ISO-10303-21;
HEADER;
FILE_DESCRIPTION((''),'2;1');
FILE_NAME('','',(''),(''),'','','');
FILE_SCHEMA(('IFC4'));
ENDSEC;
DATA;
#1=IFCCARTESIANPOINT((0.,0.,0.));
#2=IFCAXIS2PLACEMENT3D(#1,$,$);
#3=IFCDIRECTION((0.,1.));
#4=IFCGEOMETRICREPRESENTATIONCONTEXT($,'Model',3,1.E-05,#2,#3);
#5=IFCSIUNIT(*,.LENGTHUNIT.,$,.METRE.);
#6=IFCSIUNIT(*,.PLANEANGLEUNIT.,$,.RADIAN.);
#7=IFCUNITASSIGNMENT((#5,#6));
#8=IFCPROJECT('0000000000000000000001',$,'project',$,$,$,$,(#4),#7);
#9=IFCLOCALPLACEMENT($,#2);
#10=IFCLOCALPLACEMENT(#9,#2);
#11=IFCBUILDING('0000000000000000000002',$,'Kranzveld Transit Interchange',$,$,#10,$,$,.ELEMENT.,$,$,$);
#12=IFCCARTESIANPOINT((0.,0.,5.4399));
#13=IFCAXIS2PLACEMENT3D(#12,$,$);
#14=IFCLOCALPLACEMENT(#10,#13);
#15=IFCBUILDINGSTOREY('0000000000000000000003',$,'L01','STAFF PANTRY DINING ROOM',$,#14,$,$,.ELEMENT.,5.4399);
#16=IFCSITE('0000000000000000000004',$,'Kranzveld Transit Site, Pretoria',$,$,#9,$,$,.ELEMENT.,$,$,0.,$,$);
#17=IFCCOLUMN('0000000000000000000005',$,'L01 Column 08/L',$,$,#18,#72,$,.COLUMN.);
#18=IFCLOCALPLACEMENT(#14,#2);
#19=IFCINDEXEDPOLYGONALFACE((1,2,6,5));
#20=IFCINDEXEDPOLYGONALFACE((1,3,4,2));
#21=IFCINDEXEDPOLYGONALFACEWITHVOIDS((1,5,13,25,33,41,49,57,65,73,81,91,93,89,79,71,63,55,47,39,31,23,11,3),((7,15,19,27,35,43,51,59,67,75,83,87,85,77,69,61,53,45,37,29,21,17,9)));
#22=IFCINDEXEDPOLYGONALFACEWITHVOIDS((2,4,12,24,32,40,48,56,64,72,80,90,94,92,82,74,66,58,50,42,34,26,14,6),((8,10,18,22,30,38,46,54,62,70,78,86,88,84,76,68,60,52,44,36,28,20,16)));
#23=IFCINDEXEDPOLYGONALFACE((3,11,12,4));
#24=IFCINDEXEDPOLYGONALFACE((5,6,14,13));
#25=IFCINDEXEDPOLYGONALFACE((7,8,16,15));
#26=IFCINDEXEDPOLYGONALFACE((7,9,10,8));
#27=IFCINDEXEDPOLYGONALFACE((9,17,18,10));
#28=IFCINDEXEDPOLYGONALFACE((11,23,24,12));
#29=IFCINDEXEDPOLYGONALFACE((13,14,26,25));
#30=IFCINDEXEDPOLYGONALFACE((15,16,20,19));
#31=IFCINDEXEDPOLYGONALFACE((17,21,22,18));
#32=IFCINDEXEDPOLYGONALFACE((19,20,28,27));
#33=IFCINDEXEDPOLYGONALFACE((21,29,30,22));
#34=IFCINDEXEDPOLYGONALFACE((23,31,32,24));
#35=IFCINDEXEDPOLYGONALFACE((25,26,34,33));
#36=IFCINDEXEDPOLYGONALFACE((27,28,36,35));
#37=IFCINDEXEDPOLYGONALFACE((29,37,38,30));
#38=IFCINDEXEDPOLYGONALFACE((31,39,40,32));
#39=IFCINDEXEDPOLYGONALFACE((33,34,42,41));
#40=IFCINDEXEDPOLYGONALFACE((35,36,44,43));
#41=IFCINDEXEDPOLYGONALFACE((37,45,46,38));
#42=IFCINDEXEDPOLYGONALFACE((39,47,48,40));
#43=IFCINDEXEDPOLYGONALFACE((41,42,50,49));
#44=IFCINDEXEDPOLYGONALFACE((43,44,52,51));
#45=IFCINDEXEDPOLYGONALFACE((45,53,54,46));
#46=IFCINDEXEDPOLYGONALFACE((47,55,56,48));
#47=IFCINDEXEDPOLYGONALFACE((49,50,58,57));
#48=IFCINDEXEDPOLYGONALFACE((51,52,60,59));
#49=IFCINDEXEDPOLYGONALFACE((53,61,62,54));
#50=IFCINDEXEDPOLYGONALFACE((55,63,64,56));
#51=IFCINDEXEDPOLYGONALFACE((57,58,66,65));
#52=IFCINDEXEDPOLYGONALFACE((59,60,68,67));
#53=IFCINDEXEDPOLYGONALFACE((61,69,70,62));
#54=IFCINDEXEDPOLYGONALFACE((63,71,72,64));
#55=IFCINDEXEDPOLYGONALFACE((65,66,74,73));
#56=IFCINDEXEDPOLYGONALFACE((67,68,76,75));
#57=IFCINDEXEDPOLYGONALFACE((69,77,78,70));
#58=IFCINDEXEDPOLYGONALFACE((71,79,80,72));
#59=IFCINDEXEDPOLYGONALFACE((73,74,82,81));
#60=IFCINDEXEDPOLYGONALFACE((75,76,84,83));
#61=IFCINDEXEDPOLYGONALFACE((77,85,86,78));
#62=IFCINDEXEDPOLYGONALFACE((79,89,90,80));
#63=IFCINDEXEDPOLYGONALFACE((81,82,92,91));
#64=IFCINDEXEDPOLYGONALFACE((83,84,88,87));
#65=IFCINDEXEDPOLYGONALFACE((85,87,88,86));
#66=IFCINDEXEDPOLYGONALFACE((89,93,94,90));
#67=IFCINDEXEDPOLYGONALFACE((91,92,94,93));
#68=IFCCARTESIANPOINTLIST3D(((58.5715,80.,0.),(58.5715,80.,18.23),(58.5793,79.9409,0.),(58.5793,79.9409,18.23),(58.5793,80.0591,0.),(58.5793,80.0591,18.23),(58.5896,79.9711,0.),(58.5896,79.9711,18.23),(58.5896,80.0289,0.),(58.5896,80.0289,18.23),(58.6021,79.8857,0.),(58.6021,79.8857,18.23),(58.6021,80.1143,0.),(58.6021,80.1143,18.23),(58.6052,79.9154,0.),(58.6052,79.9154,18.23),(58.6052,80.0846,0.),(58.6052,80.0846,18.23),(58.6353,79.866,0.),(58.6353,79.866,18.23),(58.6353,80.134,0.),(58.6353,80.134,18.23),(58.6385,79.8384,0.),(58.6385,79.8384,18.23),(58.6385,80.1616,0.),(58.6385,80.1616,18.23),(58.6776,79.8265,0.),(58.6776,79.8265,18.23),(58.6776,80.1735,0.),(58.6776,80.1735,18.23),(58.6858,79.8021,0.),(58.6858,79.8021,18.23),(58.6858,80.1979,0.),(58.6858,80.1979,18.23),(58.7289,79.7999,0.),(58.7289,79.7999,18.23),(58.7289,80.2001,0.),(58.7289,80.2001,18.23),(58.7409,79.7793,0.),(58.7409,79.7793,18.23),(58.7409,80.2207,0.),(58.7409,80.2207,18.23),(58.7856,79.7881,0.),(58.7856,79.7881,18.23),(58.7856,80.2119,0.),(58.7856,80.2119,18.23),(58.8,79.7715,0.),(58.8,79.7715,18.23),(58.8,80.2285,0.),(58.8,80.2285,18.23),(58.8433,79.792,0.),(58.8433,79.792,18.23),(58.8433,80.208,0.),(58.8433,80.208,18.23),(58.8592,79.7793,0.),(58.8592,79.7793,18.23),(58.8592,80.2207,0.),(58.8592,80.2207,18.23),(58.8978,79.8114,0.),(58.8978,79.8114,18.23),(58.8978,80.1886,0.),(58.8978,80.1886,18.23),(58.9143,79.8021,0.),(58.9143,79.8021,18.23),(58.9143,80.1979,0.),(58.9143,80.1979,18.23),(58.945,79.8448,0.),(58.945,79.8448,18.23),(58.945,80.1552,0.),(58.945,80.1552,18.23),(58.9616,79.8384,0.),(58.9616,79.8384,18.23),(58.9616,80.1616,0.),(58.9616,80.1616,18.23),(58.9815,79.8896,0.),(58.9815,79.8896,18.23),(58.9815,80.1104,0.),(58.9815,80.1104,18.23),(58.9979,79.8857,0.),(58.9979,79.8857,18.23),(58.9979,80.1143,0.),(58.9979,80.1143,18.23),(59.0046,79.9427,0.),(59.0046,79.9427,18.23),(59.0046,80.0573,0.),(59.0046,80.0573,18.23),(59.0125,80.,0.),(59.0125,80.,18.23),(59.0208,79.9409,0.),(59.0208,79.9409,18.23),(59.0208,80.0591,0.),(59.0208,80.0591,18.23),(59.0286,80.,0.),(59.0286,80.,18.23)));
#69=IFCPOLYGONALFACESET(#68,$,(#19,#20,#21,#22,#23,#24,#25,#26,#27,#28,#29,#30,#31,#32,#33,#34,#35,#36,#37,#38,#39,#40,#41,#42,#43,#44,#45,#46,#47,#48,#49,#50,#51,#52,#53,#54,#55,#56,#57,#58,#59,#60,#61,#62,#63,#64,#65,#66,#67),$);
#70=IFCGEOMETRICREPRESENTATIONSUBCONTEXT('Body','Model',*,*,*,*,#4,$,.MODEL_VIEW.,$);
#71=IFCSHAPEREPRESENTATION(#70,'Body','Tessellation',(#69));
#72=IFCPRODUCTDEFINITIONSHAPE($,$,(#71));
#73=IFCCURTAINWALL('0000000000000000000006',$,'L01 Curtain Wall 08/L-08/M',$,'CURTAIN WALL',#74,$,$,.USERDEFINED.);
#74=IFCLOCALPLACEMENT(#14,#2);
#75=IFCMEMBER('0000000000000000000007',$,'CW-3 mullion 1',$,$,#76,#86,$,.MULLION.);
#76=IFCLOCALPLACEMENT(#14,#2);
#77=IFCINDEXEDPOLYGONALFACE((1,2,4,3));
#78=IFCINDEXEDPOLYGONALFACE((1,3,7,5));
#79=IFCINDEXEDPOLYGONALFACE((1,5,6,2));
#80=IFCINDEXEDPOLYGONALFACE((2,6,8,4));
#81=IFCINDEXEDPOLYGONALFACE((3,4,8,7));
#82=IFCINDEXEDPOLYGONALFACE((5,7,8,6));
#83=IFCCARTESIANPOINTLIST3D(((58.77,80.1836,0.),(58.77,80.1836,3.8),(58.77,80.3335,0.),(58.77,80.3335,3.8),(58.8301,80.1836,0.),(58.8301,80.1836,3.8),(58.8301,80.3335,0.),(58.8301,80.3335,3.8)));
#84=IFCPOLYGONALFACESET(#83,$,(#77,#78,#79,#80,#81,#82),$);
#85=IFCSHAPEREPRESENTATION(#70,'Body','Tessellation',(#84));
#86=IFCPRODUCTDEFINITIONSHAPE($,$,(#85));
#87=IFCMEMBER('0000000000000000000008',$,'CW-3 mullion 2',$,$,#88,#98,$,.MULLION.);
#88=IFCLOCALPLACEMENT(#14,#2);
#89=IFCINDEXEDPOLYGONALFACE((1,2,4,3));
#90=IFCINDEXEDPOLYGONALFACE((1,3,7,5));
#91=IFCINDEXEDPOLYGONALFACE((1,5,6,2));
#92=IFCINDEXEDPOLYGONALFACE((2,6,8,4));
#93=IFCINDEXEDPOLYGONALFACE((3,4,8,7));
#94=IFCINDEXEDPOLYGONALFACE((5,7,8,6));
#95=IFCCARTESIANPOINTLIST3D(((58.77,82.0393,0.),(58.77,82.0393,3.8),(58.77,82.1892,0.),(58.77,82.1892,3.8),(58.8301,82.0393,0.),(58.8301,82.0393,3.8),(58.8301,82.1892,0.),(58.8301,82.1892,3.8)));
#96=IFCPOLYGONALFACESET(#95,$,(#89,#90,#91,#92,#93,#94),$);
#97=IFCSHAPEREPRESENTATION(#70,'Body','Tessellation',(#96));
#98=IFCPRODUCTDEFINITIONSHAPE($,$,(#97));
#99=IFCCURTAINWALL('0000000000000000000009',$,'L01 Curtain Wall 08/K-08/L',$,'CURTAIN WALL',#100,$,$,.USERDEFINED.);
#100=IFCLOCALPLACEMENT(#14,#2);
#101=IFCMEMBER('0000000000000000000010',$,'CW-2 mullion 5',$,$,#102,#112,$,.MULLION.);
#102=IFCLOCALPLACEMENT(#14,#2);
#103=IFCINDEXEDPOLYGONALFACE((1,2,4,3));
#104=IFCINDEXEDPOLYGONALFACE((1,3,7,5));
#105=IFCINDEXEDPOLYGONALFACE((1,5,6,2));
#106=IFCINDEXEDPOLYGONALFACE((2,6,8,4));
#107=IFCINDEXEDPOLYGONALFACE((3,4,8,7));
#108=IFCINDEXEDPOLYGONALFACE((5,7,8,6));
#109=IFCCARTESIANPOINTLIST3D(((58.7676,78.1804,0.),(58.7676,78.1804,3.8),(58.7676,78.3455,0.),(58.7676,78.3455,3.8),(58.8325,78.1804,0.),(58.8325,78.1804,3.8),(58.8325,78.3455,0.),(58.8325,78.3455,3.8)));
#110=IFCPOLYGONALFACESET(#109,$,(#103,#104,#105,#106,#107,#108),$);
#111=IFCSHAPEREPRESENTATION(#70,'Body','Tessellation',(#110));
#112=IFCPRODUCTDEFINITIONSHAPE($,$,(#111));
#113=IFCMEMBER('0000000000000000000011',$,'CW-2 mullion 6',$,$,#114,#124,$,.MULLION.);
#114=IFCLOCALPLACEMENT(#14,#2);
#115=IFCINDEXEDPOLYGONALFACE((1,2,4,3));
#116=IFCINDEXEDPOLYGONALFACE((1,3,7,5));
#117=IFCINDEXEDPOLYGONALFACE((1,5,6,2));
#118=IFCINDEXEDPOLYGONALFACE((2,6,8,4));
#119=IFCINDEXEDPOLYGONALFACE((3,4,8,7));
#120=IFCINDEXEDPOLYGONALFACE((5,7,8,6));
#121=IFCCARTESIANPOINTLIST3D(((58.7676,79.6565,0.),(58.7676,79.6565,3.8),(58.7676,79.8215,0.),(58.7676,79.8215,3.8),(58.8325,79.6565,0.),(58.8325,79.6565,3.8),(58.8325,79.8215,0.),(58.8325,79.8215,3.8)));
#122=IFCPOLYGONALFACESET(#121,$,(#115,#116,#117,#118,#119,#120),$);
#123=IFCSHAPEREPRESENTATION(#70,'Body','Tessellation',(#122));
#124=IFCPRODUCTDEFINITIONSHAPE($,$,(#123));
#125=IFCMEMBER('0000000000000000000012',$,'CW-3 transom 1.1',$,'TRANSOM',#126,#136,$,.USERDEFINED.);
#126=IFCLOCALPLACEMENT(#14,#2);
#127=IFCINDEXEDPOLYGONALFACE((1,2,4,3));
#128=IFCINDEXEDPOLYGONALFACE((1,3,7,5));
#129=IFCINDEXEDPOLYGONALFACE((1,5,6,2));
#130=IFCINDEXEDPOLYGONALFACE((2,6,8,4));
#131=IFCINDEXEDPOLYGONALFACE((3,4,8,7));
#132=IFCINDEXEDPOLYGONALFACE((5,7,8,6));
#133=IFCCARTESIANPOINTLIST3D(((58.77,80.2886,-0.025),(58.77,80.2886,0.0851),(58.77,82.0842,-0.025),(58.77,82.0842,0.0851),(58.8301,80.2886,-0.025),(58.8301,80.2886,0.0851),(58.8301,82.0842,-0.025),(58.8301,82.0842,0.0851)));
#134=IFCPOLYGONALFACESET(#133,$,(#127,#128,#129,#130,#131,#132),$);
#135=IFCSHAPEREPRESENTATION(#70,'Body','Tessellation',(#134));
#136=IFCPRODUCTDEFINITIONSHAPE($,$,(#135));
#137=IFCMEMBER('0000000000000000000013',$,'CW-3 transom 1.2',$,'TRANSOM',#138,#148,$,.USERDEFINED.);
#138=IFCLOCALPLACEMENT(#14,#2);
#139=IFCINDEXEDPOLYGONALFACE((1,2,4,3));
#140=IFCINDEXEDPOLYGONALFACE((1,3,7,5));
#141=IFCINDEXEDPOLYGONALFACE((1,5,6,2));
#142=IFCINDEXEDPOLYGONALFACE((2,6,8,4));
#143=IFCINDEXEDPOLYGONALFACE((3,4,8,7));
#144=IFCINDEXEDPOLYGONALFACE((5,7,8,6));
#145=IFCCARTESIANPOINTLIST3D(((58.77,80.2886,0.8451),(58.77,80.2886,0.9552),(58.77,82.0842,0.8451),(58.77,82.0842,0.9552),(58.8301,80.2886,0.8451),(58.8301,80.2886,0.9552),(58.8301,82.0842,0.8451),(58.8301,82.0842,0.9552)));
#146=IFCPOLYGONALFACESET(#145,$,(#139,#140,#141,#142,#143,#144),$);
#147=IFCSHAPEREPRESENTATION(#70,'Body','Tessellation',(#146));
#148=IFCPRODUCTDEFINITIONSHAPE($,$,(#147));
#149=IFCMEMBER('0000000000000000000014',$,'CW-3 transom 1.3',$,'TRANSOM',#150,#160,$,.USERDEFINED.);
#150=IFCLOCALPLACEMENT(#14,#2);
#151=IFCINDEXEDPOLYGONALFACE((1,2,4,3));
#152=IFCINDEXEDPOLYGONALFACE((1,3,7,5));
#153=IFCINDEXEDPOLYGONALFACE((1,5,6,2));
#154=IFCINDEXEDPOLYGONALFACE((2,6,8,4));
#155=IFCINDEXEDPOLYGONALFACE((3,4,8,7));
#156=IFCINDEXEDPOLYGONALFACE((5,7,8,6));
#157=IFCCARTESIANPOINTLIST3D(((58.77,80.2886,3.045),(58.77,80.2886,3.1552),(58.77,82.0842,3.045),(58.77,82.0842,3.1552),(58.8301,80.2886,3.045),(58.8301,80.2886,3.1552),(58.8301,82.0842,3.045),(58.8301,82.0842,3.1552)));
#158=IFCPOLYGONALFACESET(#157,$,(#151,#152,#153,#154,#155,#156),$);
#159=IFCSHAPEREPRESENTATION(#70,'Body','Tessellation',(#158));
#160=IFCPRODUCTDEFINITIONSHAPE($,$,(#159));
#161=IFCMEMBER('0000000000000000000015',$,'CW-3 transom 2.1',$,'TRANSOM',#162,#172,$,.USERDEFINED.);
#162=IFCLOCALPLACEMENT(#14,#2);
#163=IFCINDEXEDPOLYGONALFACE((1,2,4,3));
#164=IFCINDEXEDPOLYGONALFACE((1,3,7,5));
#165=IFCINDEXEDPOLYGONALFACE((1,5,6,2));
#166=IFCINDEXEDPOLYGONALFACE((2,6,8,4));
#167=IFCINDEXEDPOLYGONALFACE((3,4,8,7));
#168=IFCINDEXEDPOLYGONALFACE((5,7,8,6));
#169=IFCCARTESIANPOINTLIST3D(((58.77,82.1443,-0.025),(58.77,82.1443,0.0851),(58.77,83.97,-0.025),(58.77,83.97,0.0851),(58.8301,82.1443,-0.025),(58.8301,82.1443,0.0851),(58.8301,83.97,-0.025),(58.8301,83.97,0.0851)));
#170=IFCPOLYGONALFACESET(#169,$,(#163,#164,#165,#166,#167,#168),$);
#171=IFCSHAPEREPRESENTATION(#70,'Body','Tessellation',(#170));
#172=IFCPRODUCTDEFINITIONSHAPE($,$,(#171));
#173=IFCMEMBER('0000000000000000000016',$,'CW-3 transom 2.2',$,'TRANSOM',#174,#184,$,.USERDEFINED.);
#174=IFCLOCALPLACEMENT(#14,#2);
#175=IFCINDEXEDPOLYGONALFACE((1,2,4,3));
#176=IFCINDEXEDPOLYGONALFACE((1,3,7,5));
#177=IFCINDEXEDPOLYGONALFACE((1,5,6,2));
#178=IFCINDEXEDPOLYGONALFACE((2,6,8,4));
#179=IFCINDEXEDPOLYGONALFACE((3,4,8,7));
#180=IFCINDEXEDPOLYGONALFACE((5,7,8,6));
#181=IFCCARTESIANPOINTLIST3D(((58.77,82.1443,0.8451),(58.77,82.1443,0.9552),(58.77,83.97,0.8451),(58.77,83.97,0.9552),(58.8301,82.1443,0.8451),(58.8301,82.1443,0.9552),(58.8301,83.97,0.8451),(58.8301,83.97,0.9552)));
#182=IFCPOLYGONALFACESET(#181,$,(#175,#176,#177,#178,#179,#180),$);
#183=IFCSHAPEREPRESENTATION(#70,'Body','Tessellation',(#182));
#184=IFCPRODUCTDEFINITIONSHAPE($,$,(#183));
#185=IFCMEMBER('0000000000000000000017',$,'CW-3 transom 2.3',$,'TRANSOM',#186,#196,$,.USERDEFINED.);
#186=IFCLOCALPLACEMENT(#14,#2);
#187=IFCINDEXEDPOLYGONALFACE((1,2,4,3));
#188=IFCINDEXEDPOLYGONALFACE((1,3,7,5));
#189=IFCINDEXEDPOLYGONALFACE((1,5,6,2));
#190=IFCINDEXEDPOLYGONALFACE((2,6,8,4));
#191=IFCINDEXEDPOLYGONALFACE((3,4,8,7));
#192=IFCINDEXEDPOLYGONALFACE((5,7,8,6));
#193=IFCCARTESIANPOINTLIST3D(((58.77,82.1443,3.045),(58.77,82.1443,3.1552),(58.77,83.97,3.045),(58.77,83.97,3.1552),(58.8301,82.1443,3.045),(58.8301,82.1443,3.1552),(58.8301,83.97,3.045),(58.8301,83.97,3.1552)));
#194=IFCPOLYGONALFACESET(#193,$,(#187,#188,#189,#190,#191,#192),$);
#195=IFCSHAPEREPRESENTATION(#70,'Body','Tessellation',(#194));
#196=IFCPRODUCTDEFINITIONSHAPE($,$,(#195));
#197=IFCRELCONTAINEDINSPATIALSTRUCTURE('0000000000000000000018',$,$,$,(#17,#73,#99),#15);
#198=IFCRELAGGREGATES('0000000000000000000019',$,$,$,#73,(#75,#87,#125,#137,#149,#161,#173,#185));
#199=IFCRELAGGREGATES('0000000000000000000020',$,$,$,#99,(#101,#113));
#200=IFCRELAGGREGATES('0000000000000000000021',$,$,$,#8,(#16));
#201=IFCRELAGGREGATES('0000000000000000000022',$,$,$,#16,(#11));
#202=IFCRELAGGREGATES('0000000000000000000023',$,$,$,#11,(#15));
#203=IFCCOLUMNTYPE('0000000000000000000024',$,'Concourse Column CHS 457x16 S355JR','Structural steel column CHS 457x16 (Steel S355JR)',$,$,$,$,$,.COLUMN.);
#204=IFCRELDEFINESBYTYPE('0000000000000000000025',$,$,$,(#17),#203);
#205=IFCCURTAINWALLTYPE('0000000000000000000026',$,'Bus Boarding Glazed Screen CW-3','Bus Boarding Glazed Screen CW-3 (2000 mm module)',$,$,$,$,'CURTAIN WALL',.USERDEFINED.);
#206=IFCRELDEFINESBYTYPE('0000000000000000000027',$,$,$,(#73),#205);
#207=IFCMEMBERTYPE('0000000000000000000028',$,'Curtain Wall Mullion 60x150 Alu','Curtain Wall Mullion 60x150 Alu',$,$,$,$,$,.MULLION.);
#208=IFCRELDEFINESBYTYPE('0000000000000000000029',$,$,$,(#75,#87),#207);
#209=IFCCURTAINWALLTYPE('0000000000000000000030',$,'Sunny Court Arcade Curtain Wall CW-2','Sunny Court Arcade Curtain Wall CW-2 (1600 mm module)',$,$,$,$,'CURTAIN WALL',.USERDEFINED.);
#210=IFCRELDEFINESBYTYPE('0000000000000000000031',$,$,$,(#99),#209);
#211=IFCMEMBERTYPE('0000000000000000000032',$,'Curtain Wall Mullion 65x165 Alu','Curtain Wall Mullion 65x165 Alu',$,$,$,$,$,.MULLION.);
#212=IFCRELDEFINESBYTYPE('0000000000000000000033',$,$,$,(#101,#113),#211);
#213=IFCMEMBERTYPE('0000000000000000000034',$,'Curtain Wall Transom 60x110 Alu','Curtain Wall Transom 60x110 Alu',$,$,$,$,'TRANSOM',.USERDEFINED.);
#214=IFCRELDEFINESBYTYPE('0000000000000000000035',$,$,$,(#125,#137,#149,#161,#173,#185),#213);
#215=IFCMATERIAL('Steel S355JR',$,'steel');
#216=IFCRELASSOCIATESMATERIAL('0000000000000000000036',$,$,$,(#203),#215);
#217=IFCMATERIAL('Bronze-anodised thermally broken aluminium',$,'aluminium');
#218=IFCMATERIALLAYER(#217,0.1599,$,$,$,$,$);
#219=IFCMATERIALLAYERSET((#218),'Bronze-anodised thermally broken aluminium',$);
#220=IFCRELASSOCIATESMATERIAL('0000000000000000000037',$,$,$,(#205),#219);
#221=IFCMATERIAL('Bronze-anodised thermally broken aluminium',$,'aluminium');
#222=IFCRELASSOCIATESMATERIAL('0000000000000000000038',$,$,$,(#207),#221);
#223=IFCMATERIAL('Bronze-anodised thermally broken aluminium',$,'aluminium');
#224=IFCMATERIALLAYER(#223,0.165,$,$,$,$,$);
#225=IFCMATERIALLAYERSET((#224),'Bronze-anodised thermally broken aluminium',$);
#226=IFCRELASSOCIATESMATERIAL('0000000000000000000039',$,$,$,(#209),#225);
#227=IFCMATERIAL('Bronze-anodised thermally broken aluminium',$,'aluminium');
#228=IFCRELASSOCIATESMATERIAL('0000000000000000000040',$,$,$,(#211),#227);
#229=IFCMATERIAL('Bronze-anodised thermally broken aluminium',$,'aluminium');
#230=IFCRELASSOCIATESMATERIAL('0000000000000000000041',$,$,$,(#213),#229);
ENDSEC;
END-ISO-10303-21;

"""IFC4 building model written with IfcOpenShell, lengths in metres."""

from ifc_helpers import new_model, si_unit, direction, frame, origin, origin_2d, place, context, subcontext, project, spatial, rectangle, hollow_circle, extrude, material, layer, layer_set, material_profile, profile_set, type_object, element, aggregate, save


model = new_model("IFC4")

# Units and contexts
model_context = context("Model", 3, precision=1e-05, world=origin(), true_north=direction((0.0, 1.0)))
body_context = subcontext(model_context, "Body", "Model", "MODEL_VIEW")
ifc_project = project(units=[si_unit("LENGTHUNIT", "METRE"), si_unit("PLANEANGLEUNIT", "RADIAN")], contexts=[model_context])

# Site, building, storey
site_placement = place(None, origin())
site = spatial("IfcSite", under=ifc_project, at=site_placement, Name="Kranzveld Transit Site, Pretoria", CompositionType="ELEMENT", RefElevation=0.0)
building_placement = place(site_placement, origin())
building = spatial("IfcBuilding", under=site, at=building_placement, Name="Kranzveld Transit Interchange", CompositionType="ELEMENT")
storey_placement = place(building_placement, frame((0.0, 0.0, 5.4399)))
storey = spatial("IfcBuildingStorey", under=building, at=storey_placement, Name="L01", Description="STAFF PANTRY DINING ROOM", CompositionType="ELEMENT", Elevation=5.4399)

# Column
ifc_material_1 = material(Name="Steel S355JR", Category="steel")
ifc_material_profile_1 = material_profile(ifc_material_1, hollow_circle(Radius=0.2285, WallThickness=0.0161, at=origin_2d()), Name="CHS 457x16")
ifc_profile_set_1 = profile_set([ifc_material_profile_1], Name="Steel S355JR")
column_type = type_object("IfcColumnType", Name="Concourse Column CHS 457x16 S355JR", Description="Structural steel column CHS 457x16 (Steel S355JR)", PredefinedType="COLUMN", material=ifc_profile_set_1)
column_placement = place(storey_placement, frame((58.8, 80.0, 0.0), z_axis=(0.0, 0.0, 1.0), x_axis=(1.0, 0.0, 0.0)))
element("IfcColumn", 1, at=column_placement, inside=storey, type_object=column_type, Name="L01 Column 08/L", PredefinedType="COLUMN", context=body_context, shape_type="SweptSolid", body=[
    extrude(hollow_circle(Radius=0.2285, WallThickness=0.0161, at=origin_2d()), origin(), (0.0, 0.0, 1.0), 18.23),
])

# Curtain walls, members
ifc_material_2 = material(Name="Bronze-anodised thermally broken aluminium", Category="aluminium")
ifc_layer_1 = layer(ifc_material_2, 0.1599)
ifc_layer_set_1 = layer_set([ifc_layer_1], Name="Bronze-anodised thermally broken aluminium")
curtain_wall_type_1 = type_object("IfcCurtainWallType", Name="Bus Boarding Glazed Screen CW-3", Description="Bus Boarding Glazed Screen CW-3 (2000 mm module)", ElementType="CURTAIN WALL", PredefinedType="USERDEFINED", material=ifc_layer_set_1)
curtain_wall_1_placement = place(storey_placement, origin())
curtain_wall_1 = element("IfcCurtainWall", 2, at=curtain_wall_1_placement, inside=storey, type_object=curtain_wall_type_1, Name="L01 Curtain Wall 08/L-08/M", ObjectType="CURTAIN WALL", PredefinedType="USERDEFINED")
ifc_material_3 = material(Name="Bronze-anodised thermally broken aluminium", Category="aluminium")
ifc_material_profile_2 = material_profile(ifc_material_3, rectangle(XDim=0.0601, YDim=0.1499, at=origin_2d()), Name="ALU MULLION 60x150")
ifc_profile_set_2 = profile_set([ifc_material_profile_2], Name="Bronze-anodised thermally broken aluminium")
member_type_1 = type_object("IfcMemberType", Name="Curtain Wall Mullion 60x150 Alu", Description="Curtain Wall Mullion 60x150 Alu", PredefinedType="MULLION", material=ifc_profile_set_2)
member_1_placement = place(storey_placement, frame((58.8, 80.2585, 0.0), z_axis=(0.0, 0.0, 1.0), x_axis=(-1.0, 0.0, 0.0)))
member_1 = element("IfcMember", 3, at=member_1_placement, type_object=member_type_1, Name="CW-3 mullion 1", PredefinedType="MULLION", context=body_context, shape_type="SweptSolid", body=[
    extrude(rectangle(XDim=0.0601, YDim=0.1499, at=origin_2d()), origin(), (0.0, 0.0, 1.0), 3.8),
])
member_2_placement = place(storey_placement, frame((58.8, 82.1143, 0.0), z_axis=(0.0, 0.0, 1.0), x_axis=(-1.0, 0.0, 0.0)))
member_2 = element("IfcMember", 4, at=member_2_placement, type_object=member_type_1, Name="CW-3 mullion 2", PredefinedType="MULLION", context=body_context, shape_type="SweptSolid", body=[
    extrude(rectangle(XDim=0.0601, YDim=0.1499, at=origin_2d()), origin(), (0.0, 0.0, 1.0), 3.8),
])
ifc_material_4 = material(Name="Bronze-anodised thermally broken aluminium", Category="aluminium")
ifc_layer_2 = layer(ifc_material_4, 0.165)
ifc_layer_set_2 = layer_set([ifc_layer_2], Name="Bronze-anodised thermally broken aluminium")
curtain_wall_type_2 = type_object("IfcCurtainWallType", Name="Sunny Court Arcade Curtain Wall CW-2", Description="Sunny Court Arcade Curtain Wall CW-2 (1600 mm module)", ElementType="CURTAIN WALL", PredefinedType="USERDEFINED", material=ifc_layer_set_2)
curtain_wall_2_placement = place(storey_placement, origin())
curtain_wall_2 = element("IfcCurtainWall", 5, at=curtain_wall_2_placement, inside=storey, type_object=curtain_wall_type_2, Name="L01 Curtain Wall 08/K-08/L", ObjectType="CURTAIN WALL", PredefinedType="USERDEFINED")
ifc_material_5 = material(Name="Bronze-anodised thermally broken aluminium", Category="aluminium")
ifc_material_profile_3 = material_profile(ifc_material_5, rectangle(XDim=0.0649, YDim=0.165, at=origin_2d()), Name="ALU MULLION 65x165")
ifc_profile_set_3 = profile_set([ifc_material_profile_3], Name="Bronze-anodised thermally broken aluminium")
member_type_2 = type_object("IfcMemberType", Name="Curtain Wall Mullion 65x165 Alu", Description="Curtain Wall Mullion 65x165 Alu", PredefinedType="MULLION", material=ifc_profile_set_3)
member_3_placement = place(storey_placement, frame((58.8, 78.2629, 0.0), z_axis=(0.0, 0.0, 1.0), x_axis=(-1.0, 0.0, 0.0)))
member_3 = element("IfcMember", 6, at=member_3_placement, type_object=member_type_2, Name="CW-2 mullion 5", PredefinedType="MULLION", context=body_context, shape_type="SweptSolid", body=[
    extrude(rectangle(XDim=0.0649, YDim=0.165, at=origin_2d()), origin(), (0.0, 0.0, 1.0), 3.8),
])
member_4_placement = place(storey_placement, frame((58.8, 79.739, 0.0), z_axis=(0.0, 0.0, 1.0), x_axis=(-1.0, 0.0, 0.0)))
member_4 = element("IfcMember", 7, at=member_4_placement, type_object=member_type_2, Name="CW-2 mullion 6", PredefinedType="MULLION", context=body_context, shape_type="SweptSolid", body=[
    extrude(rectangle(XDim=0.0649, YDim=0.165, at=origin_2d()), origin(), (0.0, 0.0, 1.0), 3.8),
])

# Members
ifc_material_6 = material(Name="Bronze-anodised thermally broken aluminium", Category="aluminium")
ifc_material_profile_4 = material_profile(ifc_material_6, rectangle(XDim=0.0601, YDim=0.1101, at=origin_2d()), Name="ALU TRANSOM 60x110")
ifc_profile_set_4 = profile_set([ifc_material_profile_4], Name="Bronze-anodised thermally broken aluminium")
member_type_3 = type_object("IfcMemberType", Name="Curtain Wall Transom 60x110 Alu", Description="Curtain Wall Transom 60x110 Alu", ElementType="TRANSOM", PredefinedType="USERDEFINED", material=ifc_profile_set_4)
member_5_placement = place(storey_placement, frame((58.8, 80.2886, 0.03), z_axis=(0.0, 1.0, 0.0), x_axis=(-1.0, 0.0, 0.0)))
member_5 = element("IfcMember", 8, at=member_5_placement, type_object=member_type_3, Name="CW-3 transom 1.1", ObjectType="TRANSOM", PredefinedType="USERDEFINED", context=body_context, shape_type="SweptSolid", body=[
    extrude(rectangle(XDim=0.0601, YDim=0.1101, at=origin_2d()), origin(), (0.0, 0.0, 1.0), 1.7957),
])
member_6_placement = place(storey_placement, frame((58.8, 80.2886, 0.9001), z_axis=(0.0, 1.0, 0.0), x_axis=(-1.0, 0.0, 0.0)))
member_6 = element("IfcMember", 9, at=member_6_placement, type_object=member_type_3, Name="CW-3 transom 1.2", ObjectType="TRANSOM", PredefinedType="USERDEFINED", context=body_context, shape_type="SweptSolid", body=[
    extrude(rectangle(XDim=0.0601, YDim=0.1101, at=origin_2d()), origin(), (0.0, 0.0, 1.0), 1.7957),
])
member_7_placement = place(storey_placement, frame((58.8, 80.2886, 3.1001), z_axis=(0.0, 1.0, 0.0), x_axis=(-1.0, 0.0, 0.0)))
member_7 = element("IfcMember", 10, at=member_7_placement, type_object=member_type_3, Name="CW-3 transom 1.3", ObjectType="TRANSOM", PredefinedType="USERDEFINED", context=body_context, shape_type="SweptSolid", body=[
    extrude(rectangle(XDim=0.0601, YDim=0.1101, at=origin_2d()), origin(), (0.0, 0.0, 1.0), 1.7957),
])
member_8_placement = place(storey_placement, frame((58.8, 82.1443, 0.03), z_axis=(0.0, 1.0, 0.0), x_axis=(-1.0, 0.0, 0.0)))
member_8 = element("IfcMember", 11, at=member_8_placement, type_object=member_type_3, Name="CW-3 transom 2.1", ObjectType="TRANSOM", PredefinedType="USERDEFINED", context=body_context, shape_type="SweptSolid", body=[
    extrude(rectangle(XDim=0.0601, YDim=0.1101, at=origin_2d()), origin(), (0.0, 0.0, 1.0), 1.8257),
])
member_9_placement = place(storey_placement, frame((58.8, 82.1443, 0.9001), z_axis=(0.0, 1.0, 0.0), x_axis=(-1.0, 0.0, 0.0)))
member_9 = element("IfcMember", 12, at=member_9_placement, type_object=member_type_3, Name="CW-3 transom 2.2", ObjectType="TRANSOM", PredefinedType="USERDEFINED", context=body_context, shape_type="SweptSolid", body=[
    extrude(rectangle(XDim=0.0601, YDim=0.1101, at=origin_2d()), origin(), (0.0, 0.0, 1.0), 1.8257),
])
member_10_placement = place(storey_placement, frame((58.8, 82.1443, 3.1001), z_axis=(0.0, 1.0, 0.0), x_axis=(-1.0, 0.0, 0.0)))
member_10 = element("IfcMember", 13, at=member_10_placement, type_object=member_type_3, Name="CW-3 transom 2.3", ObjectType="TRANSOM", PredefinedType="USERDEFINED", context=body_context, shape_type="SweptSolid", body=[
    extrude(rectangle(XDim=0.0601, YDim=0.1101, at=origin_2d()), origin(), (0.0, 0.0, 1.0), 1.8257),
])

aggregate(curtain_wall_1, [member_1, member_2, member_5, member_6, member_7, member_8, member_9, member_10])
aggregate(curtain_wall_2, [member_3, member_4])

save(model, "model.ifc")
